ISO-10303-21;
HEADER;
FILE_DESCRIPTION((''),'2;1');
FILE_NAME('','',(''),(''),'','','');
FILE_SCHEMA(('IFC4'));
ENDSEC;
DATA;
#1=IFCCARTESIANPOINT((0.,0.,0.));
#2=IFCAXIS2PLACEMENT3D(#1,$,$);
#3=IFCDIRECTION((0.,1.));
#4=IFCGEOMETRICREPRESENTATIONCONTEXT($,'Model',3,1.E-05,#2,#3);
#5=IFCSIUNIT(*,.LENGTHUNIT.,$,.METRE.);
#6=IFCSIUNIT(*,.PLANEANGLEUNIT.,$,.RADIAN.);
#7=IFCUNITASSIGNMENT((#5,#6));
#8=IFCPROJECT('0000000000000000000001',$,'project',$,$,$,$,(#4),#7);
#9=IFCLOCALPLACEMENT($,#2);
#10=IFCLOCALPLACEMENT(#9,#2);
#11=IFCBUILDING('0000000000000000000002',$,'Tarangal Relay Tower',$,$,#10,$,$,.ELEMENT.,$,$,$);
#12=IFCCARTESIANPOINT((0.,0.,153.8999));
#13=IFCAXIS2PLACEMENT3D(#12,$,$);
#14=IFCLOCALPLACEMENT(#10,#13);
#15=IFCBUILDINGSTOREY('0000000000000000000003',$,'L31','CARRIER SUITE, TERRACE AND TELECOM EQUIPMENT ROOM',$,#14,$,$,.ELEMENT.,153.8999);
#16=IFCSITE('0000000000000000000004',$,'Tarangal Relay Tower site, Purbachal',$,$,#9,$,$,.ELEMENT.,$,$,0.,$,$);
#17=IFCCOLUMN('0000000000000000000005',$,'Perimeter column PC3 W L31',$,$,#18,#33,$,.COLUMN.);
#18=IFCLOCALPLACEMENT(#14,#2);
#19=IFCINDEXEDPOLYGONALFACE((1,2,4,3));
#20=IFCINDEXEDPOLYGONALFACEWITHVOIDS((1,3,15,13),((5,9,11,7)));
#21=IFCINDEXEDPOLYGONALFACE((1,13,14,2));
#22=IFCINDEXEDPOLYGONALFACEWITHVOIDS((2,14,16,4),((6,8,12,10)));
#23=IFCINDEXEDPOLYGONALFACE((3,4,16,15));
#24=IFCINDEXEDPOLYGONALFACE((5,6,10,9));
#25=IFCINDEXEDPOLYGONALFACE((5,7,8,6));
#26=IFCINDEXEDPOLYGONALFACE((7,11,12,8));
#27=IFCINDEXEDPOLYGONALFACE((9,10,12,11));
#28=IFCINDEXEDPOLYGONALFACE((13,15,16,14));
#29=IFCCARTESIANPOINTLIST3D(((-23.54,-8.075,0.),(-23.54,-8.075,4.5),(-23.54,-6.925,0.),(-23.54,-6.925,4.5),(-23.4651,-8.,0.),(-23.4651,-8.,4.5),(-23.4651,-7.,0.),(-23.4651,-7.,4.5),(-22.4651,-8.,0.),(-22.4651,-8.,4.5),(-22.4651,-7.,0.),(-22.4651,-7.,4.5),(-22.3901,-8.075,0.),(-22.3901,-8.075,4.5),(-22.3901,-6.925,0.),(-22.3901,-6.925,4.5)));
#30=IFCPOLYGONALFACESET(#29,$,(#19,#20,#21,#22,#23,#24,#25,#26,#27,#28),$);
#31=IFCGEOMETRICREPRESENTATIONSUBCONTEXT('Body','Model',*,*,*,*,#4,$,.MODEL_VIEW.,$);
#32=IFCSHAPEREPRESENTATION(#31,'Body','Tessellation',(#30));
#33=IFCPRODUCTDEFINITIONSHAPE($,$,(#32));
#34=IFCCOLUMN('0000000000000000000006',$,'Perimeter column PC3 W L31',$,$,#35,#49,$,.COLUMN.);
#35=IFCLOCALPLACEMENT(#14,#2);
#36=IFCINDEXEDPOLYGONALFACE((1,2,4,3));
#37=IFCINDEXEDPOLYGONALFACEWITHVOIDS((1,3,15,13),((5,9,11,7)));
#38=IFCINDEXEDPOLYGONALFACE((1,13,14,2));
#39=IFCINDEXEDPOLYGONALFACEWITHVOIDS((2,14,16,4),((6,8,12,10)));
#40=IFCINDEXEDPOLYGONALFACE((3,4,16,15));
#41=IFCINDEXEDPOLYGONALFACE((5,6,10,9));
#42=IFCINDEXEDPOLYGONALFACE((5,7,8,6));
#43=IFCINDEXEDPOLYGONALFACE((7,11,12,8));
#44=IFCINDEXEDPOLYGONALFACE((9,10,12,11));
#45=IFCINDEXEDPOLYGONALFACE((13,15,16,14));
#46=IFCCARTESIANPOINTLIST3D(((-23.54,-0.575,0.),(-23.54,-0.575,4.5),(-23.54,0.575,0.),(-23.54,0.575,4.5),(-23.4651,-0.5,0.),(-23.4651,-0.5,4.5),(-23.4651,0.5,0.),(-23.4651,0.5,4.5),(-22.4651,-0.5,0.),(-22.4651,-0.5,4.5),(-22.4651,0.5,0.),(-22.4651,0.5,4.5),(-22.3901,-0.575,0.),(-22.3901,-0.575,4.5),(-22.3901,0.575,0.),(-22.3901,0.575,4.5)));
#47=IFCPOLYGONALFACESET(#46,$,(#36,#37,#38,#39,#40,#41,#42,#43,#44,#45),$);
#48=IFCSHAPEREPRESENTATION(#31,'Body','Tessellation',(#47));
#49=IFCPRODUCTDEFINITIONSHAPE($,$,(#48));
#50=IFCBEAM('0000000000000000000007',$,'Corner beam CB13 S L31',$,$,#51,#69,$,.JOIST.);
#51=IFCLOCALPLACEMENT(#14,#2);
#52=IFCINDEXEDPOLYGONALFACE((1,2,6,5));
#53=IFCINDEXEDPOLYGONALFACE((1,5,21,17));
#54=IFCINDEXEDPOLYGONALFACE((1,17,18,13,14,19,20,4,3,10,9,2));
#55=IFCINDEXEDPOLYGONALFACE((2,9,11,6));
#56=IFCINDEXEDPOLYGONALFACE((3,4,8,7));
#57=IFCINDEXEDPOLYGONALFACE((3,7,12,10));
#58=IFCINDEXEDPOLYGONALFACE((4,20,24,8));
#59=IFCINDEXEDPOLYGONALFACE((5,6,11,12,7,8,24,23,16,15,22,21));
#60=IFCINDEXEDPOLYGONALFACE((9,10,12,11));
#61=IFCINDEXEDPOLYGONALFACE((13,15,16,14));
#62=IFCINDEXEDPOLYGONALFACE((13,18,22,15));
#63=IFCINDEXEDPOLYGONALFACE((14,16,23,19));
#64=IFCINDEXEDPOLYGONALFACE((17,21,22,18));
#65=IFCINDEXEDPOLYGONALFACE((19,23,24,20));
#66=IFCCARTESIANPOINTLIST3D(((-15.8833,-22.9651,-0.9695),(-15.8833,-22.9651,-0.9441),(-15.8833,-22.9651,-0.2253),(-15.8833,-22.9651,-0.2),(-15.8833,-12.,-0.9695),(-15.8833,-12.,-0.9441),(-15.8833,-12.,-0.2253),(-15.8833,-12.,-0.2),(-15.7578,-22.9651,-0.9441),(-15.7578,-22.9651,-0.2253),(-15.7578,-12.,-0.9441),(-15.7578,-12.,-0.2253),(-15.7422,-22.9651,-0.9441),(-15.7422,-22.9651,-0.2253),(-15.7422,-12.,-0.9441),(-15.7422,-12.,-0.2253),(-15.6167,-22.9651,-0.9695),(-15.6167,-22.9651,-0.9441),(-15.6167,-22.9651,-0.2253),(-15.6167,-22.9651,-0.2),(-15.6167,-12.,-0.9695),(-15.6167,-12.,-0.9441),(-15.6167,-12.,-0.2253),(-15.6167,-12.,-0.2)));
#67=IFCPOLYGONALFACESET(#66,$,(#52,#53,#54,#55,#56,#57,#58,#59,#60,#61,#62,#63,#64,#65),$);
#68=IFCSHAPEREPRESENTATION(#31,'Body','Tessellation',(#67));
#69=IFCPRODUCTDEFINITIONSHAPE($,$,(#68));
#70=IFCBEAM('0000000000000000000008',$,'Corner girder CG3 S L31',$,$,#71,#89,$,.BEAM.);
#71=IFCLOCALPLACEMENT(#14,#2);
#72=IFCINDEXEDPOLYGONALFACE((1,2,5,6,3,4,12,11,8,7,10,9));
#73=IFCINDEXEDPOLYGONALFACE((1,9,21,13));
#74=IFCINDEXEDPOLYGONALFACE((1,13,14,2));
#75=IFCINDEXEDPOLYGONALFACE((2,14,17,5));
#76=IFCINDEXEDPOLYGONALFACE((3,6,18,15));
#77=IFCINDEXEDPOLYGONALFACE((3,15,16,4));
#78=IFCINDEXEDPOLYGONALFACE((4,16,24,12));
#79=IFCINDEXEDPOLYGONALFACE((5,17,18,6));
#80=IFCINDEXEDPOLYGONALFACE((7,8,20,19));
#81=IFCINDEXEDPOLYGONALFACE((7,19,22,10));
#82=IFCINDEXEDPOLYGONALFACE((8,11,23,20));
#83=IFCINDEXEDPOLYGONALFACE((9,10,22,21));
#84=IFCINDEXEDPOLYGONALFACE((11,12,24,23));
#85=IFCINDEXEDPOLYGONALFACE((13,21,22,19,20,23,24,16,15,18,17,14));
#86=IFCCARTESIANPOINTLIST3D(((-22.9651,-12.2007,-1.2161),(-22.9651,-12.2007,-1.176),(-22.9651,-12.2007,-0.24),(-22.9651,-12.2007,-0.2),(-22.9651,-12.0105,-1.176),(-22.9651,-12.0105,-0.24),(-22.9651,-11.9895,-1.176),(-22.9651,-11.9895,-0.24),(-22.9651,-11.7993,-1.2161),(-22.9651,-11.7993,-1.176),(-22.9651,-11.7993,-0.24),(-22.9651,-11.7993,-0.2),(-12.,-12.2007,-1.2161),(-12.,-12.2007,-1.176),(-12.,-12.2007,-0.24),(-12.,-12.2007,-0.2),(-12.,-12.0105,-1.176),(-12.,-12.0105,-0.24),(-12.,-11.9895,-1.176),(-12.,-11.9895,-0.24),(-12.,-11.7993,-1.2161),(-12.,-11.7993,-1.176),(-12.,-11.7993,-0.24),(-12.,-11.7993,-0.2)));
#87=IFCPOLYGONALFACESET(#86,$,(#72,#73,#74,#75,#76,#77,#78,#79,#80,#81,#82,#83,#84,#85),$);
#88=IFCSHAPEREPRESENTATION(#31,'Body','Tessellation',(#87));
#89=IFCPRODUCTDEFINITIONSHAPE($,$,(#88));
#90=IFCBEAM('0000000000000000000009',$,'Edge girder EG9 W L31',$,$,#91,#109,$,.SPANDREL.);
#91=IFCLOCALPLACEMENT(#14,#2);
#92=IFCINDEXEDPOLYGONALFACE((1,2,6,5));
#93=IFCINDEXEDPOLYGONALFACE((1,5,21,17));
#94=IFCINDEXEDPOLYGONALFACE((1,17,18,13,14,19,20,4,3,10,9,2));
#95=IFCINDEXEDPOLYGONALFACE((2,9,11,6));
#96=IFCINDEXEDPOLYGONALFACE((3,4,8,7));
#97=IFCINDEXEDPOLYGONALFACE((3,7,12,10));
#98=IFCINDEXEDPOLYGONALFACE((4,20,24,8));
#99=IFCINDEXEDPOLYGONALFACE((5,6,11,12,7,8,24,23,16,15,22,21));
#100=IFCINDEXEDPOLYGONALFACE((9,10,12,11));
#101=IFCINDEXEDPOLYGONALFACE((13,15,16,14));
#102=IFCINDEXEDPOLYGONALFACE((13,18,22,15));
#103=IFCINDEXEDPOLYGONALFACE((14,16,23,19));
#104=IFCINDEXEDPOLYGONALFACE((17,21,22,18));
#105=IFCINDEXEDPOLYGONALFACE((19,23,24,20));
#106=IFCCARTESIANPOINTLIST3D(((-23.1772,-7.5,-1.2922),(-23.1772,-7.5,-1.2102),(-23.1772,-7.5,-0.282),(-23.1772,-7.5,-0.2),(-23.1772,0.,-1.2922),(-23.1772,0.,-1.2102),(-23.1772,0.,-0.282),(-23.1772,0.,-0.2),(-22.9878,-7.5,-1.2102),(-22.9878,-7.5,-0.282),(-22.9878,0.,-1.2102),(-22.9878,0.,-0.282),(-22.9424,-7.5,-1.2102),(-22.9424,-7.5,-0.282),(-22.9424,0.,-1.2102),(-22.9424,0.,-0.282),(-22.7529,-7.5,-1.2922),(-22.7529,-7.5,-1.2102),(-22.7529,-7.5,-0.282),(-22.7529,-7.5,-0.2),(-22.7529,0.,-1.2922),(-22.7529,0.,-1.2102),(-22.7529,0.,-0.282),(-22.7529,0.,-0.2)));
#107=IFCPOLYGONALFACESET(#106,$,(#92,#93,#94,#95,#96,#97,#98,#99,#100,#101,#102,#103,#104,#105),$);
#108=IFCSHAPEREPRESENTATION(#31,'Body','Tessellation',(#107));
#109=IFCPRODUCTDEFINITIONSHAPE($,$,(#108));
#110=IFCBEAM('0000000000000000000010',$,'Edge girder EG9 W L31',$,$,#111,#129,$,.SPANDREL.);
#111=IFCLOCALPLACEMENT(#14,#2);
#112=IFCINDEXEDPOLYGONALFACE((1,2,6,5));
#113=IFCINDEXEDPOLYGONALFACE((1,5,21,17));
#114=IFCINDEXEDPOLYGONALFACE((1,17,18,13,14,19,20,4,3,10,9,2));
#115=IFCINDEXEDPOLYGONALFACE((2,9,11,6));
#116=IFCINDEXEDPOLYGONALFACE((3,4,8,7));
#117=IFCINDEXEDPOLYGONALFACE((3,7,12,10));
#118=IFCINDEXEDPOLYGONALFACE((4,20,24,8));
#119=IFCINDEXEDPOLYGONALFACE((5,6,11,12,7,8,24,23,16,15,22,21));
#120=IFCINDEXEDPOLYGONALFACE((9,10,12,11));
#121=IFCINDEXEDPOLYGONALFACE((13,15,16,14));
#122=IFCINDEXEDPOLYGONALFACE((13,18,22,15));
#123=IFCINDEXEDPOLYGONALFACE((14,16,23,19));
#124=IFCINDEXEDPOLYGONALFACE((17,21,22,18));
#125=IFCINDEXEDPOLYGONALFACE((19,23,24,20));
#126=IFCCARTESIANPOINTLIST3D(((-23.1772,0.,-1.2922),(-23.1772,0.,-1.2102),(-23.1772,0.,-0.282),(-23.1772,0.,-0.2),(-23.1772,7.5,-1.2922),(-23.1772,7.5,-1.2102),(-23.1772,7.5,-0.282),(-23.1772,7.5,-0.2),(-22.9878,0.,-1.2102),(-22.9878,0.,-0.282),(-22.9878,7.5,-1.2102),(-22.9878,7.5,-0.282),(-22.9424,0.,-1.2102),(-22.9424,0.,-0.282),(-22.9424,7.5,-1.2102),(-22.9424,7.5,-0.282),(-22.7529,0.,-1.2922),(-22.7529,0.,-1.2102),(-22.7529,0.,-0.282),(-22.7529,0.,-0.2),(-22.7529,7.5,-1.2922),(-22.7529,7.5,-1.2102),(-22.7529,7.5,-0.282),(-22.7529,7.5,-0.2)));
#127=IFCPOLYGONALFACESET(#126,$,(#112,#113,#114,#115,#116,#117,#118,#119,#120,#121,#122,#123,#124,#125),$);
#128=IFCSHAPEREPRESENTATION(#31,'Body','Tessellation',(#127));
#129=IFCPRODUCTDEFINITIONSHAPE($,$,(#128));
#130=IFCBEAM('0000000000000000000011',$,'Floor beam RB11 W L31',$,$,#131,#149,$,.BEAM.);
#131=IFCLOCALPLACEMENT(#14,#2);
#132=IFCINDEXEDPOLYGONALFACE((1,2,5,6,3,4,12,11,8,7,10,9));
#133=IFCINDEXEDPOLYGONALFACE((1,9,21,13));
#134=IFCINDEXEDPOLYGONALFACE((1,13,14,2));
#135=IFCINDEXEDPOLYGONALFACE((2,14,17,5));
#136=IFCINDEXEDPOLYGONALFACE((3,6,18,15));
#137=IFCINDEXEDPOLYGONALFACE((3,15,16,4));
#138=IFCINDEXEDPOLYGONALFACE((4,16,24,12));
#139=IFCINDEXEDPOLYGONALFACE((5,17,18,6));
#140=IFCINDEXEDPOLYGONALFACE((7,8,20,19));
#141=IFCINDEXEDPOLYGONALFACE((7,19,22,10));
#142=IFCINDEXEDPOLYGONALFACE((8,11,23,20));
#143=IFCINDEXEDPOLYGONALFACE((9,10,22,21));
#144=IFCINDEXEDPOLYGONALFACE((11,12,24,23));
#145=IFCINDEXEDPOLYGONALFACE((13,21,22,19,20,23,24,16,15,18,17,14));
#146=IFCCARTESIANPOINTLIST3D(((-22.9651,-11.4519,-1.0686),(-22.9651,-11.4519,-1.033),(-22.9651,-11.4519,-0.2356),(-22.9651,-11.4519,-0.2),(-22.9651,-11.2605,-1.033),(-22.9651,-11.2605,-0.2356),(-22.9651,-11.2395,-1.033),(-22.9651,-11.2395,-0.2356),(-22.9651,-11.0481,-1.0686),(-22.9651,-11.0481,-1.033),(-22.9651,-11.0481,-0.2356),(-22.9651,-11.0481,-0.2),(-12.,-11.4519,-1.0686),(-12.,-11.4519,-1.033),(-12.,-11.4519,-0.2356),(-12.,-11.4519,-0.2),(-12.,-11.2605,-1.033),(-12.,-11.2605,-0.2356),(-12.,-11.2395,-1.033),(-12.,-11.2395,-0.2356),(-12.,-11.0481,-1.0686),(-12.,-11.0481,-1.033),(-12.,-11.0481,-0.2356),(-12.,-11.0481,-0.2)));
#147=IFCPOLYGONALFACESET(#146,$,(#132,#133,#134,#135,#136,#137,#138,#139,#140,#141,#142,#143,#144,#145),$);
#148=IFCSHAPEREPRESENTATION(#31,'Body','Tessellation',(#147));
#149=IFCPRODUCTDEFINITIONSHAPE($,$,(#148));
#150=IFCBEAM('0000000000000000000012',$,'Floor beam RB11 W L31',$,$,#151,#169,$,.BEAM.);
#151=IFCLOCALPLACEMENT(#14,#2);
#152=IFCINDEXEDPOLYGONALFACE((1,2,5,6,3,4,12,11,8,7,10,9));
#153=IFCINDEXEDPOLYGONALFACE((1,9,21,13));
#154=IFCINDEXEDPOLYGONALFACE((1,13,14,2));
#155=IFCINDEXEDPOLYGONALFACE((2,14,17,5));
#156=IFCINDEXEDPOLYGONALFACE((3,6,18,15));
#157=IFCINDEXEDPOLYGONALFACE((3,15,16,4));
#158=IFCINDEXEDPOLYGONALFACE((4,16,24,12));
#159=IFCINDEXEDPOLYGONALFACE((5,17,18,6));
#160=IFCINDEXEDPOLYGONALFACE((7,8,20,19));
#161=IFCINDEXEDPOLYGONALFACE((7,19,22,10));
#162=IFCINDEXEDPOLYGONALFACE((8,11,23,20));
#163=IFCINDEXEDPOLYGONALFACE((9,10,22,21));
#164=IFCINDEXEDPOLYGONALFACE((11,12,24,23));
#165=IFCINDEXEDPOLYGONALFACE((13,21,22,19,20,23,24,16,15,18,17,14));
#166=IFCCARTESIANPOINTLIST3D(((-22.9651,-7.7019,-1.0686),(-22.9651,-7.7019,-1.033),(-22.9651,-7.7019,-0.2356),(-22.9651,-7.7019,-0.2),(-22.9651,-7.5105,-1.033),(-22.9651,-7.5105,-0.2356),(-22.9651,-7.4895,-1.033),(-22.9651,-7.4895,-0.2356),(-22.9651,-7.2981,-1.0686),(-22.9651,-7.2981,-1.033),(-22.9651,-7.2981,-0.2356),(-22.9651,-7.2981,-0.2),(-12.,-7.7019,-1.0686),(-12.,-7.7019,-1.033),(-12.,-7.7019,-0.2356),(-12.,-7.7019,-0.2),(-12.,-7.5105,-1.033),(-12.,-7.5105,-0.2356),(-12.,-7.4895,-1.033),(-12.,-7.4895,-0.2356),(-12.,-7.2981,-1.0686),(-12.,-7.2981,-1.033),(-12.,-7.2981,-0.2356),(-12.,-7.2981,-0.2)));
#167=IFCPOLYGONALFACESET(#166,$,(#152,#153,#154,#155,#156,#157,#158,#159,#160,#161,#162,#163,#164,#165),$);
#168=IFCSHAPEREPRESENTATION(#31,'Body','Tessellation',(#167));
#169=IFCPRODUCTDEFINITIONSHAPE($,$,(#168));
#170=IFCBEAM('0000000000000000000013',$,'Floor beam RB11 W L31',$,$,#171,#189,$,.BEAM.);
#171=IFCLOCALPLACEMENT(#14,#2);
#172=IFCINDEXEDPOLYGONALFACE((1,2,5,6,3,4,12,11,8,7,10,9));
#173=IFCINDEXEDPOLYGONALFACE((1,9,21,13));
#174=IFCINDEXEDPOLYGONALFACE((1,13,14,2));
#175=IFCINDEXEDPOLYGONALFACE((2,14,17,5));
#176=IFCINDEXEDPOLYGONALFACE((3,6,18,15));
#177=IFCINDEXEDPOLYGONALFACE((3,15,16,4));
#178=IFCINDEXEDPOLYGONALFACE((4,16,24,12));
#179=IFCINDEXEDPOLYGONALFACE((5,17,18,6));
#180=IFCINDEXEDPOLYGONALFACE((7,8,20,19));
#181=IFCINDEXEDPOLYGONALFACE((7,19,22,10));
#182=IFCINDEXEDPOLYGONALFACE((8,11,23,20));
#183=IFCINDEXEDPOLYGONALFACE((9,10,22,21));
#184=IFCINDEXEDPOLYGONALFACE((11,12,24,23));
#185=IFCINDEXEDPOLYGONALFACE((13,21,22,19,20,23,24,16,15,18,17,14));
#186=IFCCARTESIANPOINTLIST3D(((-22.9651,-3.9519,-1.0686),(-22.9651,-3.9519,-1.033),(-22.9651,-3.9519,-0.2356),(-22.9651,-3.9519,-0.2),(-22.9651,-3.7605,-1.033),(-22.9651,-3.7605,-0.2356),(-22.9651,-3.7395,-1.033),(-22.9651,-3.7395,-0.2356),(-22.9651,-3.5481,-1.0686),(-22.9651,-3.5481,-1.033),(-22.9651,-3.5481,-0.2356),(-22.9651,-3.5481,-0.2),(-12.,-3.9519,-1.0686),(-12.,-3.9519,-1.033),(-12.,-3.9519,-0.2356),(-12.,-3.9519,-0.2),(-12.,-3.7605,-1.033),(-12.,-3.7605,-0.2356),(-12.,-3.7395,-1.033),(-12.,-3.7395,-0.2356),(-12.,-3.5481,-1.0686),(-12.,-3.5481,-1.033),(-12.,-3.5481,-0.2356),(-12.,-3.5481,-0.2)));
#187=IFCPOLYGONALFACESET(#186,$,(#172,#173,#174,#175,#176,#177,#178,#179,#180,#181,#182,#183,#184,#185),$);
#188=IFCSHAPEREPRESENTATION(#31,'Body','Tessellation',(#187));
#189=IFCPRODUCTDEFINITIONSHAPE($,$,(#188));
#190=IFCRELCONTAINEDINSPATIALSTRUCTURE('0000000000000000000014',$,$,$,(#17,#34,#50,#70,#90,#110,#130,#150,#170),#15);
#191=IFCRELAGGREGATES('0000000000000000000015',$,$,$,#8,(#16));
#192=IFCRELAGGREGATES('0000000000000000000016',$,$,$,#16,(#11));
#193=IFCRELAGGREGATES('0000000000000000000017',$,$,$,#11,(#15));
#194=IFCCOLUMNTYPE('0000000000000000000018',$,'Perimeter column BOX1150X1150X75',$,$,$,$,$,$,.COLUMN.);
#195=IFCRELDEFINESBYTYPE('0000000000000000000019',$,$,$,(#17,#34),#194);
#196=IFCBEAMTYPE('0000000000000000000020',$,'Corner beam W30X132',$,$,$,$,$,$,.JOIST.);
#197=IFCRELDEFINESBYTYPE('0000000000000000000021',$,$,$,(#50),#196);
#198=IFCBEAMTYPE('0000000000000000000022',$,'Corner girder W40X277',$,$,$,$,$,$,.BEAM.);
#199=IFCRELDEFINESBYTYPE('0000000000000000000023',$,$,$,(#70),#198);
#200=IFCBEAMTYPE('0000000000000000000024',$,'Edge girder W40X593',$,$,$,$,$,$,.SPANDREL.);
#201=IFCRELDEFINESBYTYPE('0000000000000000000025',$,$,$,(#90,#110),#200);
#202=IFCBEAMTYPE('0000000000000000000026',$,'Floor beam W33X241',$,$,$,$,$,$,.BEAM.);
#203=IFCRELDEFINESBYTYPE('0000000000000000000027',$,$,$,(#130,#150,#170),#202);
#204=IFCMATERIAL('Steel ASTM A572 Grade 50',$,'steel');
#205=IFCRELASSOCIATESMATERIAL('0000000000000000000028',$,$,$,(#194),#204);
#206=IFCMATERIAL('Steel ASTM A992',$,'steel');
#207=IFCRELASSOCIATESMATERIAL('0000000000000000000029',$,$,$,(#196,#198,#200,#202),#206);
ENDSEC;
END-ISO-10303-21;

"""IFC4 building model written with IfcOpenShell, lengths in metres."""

from ifc_helpers import new_model, si_unit, direction, frame, origin, origin_2d, place, context, subcontext, project, spatial, hollow_rectangle, i_section, extrude, material, material_profile, profile_set, type_object, element, save


model = new_model("IFC4")

# Units and contexts
model_context = context("Model", 3, precision=1e-05, world=origin(), true_north=direction((0.0, 1.0)))
body_context = subcontext(model_context, "Body", "Model", "MODEL_VIEW")
ifc_project = project(units=[si_unit("LENGTHUNIT", "METRE"), si_unit("PLANEANGLEUNIT", "RADIAN")], contexts=[model_context])

# Site, building, storey
site_placement = place(None, origin())
site = spatial("IfcSite", under=ifc_project, at=site_placement, Name="Tarangal Relay Tower site, Purbachal", CompositionType="ELEMENT", RefElevation=0.0)
building_placement = place(site_placement, origin())
building = spatial("IfcBuilding", under=site, at=building_placement, Name="Tarangal Relay Tower", CompositionType="ELEMENT")
storey_placement = place(building_placement, frame((0.0, 0.0, 153.8999)))
storey = spatial("IfcBuildingStorey", under=building, at=storey_placement, Name="L31", Description="CARRIER SUITE, TERRACE AND TELECOM EQUIPMENT ROOM", CompositionType="ELEMENT", Elevation=153.8999)

# Columns
ifc_material_1 = material(Name="Steel ASTM A572 Grade 50", Category="steel")
ifc_material_profile_1 = material_profile(ifc_material_1, hollow_rectangle(XDim=1.1499, YDim=1.1499, WallThickness=0.075, at=origin_2d()), Name="BOX1150X1150X75")
ifc_profile_set_1 = profile_set([ifc_material_profile_1], Name="Steel ASTM A572 Grade 50")
column_type = type_object("IfcColumnType", Name="Perimeter column BOX1150X1150X75", PredefinedType="COLUMN", material=ifc_profile_set_1)
for number, where, z_axis, x_axis, name in (
    (1, (-22.9651, -7.5, 0.0), (0.0, 0.0, 1.0), (1.0, 0.0, 0.0), "Perimeter column PC3 W L31"),
    (2, (-22.9651, 0.0, 0.0), (0.0, 0.0, 1.0), (1.0, 0.0, 0.0), "Perimeter column PC3 W L31"),
):
    element("IfcColumn", number, at=place(storey_placement, frame(where, z_axis=z_axis, x_axis=x_axis)), inside=storey, type_object=column_type, Name=name, PredefinedType="COLUMN", context=body_context, shape_type="SweptSolid", body=[
        extrude(hollow_rectangle(XDim=1.1499, YDim=1.1499, WallThickness=0.075, at=origin_2d()), origin(), (0.0, 0.0, 1.0), 4.5),
    ])

# Beams
ifc_material_2 = material(Name="Steel ASTM A992", Category="steel")
ifc_material_profile_2 = material_profile(ifc_material_2, i_section(OverallWidth=0.2666, OverallDepth=0.7695, WebThickness=0.0156, FlangeThickness=0.0254, at=origin_2d()), Name="W30X132")
ifc_profile_set_2 = profile_set([ifc_material_profile_2], Name="Steel ASTM A992")
beam_type_1 = type_object("IfcBeamType", Name="Corner beam W30X132", PredefinedType="JOIST", material=ifc_profile_set_2)
beam_1_placement = place(storey_placement, frame((-15.75, -12.0, -0.5847), z_axis=(0.0, -1.0, 0.0), x_axis=(1.0, 0.0, 0.0)))
element("IfcBeam", 3, at=beam_1_placement, inside=storey, type_object=beam_type_1, Name="Corner beam CB13 S L31", PredefinedType="JOIST", context=body_context, shape_type="SweptSolid", body=[
    extrude(i_section(OverallWidth=0.2666, OverallDepth=0.7695, WebThickness=0.0156, FlangeThickness=0.0254, at=origin_2d()), origin(), (0.0, 0.0, 1.0), 10.9651),
])
ifc_material_profile_3 = material_profile(ifc_material_2, i_section(OverallWidth=0.4014, OverallDepth=1.0161, WebThickness=0.021, FlangeThickness=0.04, at=origin_2d()), Name="W40X277")
ifc_profile_set_3 = profile_set([ifc_material_profile_3], Name="Steel ASTM A992")
beam_type_2 = type_object("IfcBeamType", Name="Corner girder W40X277", PredefinedType="BEAM", material=ifc_profile_set_3)
beam_2_placement = place(storey_placement, frame((-12.0, -12.0, -0.708), z_axis=(-1.0, 0.0, 0.0), x_axis=(0.0, -1.0, 0.0)))
element("IfcBeam", 4, at=beam_2_placement, inside=storey, type_object=beam_type_2, Name="Corner girder CG3 S L31", PredefinedType="BEAM", context=body_context, shape_type="SweptSolid", body=[
    extrude(i_section(OverallWidth=0.4014, OverallDepth=1.0161, WebThickness=0.021, FlangeThickness=0.04, at=origin_2d()), origin(), (0.0, 0.0, 1.0), 10.9651),
])
ifc_material_profile_4 = material_profile(ifc_material_2, i_section(OverallWidth=0.4243, OverallDepth=1.0923, WebThickness=0.0454, FlangeThickness=0.082, at=origin_2d()), Name="W40X593")
ifc_profile_set_4 = profile_set([ifc_material_profile_4], Name="Steel ASTM A992")
beam_type_3 = type_object("IfcBeamType", Name="Edge girder W40X593", PredefinedType="SPANDREL", material=ifc_profile_set_4)
for number, where, z_axis, x_axis, name in (
    (5, (-22.9651, -7.5, -0.7461), (0.0, 1.0, 0.0), (-1.0, 0.0, 0.0), "Edge girder EG9 W L31"),
    (6, (-22.9651, 0.0, -0.7461), (0.0, 1.0, 0.0), (-1.0, 0.0, 0.0), "Edge girder EG9 W L31"),
):
    element("IfcBeam", number, at=place(storey_placement, frame(where, z_axis=z_axis, x_axis=x_axis)), inside=storey, type_object=beam_type_3, Name=name, PredefinedType="SPANDREL", context=body_context, shape_type="SweptSolid", body=[
        extrude(i_section(OverallWidth=0.4243, OverallDepth=1.0923, WebThickness=0.0454, FlangeThickness=0.082, at=origin_2d()), origin(), (0.0, 0.0, 1.0), 7.5),
    ])
ifc_material_profile_5 = material_profile(ifc_material_2, i_section(OverallWidth=0.4038, OverallDepth=0.8687, WebThickness=0.021, FlangeThickness=0.0356, at=origin_2d()), Name="W33X241")
ifc_profile_set_5 = profile_set([ifc_material_profile_5], Name="Steel ASTM A992")
beam_type_4 = type_object("IfcBeamType", Name="Floor beam W33X241", PredefinedType="BEAM", material=ifc_profile_set_5)
for number, where, z_axis, x_axis, name in (
    (7, (-12.0, -11.25, -0.6343), (-1.0, 0.0, 0.0), (0.0, -1.0, 0.0), "Floor beam RB11 W L31"),
    (8, (-12.0, -7.5, -0.6343), (-1.0, 0.0, 0.0), (0.0, -1.0, 0.0), "Floor beam RB11 W L31"),
    (9, (-12.0, -3.75, -0.6343), (-1.0, 0.0, 0.0), (0.0, -1.0, 0.0), "Floor beam RB11 W L31"),
):
    element("IfcBeam", number, at=place(storey_placement, frame(where, z_axis=z_axis, x_axis=x_axis)), inside=storey, type_object=beam_type_4, Name=name, PredefinedType="BEAM", context=body_context, shape_type="SweptSolid", body=[
        extrude(i_section(OverallWidth=0.4038, OverallDepth=0.8687, WebThickness=0.021, FlangeThickness=0.0356, at=origin_2d()), origin(), (0.0, 0.0, 1.0), 10.9651),
    ])

save(model, "model.ifc")
